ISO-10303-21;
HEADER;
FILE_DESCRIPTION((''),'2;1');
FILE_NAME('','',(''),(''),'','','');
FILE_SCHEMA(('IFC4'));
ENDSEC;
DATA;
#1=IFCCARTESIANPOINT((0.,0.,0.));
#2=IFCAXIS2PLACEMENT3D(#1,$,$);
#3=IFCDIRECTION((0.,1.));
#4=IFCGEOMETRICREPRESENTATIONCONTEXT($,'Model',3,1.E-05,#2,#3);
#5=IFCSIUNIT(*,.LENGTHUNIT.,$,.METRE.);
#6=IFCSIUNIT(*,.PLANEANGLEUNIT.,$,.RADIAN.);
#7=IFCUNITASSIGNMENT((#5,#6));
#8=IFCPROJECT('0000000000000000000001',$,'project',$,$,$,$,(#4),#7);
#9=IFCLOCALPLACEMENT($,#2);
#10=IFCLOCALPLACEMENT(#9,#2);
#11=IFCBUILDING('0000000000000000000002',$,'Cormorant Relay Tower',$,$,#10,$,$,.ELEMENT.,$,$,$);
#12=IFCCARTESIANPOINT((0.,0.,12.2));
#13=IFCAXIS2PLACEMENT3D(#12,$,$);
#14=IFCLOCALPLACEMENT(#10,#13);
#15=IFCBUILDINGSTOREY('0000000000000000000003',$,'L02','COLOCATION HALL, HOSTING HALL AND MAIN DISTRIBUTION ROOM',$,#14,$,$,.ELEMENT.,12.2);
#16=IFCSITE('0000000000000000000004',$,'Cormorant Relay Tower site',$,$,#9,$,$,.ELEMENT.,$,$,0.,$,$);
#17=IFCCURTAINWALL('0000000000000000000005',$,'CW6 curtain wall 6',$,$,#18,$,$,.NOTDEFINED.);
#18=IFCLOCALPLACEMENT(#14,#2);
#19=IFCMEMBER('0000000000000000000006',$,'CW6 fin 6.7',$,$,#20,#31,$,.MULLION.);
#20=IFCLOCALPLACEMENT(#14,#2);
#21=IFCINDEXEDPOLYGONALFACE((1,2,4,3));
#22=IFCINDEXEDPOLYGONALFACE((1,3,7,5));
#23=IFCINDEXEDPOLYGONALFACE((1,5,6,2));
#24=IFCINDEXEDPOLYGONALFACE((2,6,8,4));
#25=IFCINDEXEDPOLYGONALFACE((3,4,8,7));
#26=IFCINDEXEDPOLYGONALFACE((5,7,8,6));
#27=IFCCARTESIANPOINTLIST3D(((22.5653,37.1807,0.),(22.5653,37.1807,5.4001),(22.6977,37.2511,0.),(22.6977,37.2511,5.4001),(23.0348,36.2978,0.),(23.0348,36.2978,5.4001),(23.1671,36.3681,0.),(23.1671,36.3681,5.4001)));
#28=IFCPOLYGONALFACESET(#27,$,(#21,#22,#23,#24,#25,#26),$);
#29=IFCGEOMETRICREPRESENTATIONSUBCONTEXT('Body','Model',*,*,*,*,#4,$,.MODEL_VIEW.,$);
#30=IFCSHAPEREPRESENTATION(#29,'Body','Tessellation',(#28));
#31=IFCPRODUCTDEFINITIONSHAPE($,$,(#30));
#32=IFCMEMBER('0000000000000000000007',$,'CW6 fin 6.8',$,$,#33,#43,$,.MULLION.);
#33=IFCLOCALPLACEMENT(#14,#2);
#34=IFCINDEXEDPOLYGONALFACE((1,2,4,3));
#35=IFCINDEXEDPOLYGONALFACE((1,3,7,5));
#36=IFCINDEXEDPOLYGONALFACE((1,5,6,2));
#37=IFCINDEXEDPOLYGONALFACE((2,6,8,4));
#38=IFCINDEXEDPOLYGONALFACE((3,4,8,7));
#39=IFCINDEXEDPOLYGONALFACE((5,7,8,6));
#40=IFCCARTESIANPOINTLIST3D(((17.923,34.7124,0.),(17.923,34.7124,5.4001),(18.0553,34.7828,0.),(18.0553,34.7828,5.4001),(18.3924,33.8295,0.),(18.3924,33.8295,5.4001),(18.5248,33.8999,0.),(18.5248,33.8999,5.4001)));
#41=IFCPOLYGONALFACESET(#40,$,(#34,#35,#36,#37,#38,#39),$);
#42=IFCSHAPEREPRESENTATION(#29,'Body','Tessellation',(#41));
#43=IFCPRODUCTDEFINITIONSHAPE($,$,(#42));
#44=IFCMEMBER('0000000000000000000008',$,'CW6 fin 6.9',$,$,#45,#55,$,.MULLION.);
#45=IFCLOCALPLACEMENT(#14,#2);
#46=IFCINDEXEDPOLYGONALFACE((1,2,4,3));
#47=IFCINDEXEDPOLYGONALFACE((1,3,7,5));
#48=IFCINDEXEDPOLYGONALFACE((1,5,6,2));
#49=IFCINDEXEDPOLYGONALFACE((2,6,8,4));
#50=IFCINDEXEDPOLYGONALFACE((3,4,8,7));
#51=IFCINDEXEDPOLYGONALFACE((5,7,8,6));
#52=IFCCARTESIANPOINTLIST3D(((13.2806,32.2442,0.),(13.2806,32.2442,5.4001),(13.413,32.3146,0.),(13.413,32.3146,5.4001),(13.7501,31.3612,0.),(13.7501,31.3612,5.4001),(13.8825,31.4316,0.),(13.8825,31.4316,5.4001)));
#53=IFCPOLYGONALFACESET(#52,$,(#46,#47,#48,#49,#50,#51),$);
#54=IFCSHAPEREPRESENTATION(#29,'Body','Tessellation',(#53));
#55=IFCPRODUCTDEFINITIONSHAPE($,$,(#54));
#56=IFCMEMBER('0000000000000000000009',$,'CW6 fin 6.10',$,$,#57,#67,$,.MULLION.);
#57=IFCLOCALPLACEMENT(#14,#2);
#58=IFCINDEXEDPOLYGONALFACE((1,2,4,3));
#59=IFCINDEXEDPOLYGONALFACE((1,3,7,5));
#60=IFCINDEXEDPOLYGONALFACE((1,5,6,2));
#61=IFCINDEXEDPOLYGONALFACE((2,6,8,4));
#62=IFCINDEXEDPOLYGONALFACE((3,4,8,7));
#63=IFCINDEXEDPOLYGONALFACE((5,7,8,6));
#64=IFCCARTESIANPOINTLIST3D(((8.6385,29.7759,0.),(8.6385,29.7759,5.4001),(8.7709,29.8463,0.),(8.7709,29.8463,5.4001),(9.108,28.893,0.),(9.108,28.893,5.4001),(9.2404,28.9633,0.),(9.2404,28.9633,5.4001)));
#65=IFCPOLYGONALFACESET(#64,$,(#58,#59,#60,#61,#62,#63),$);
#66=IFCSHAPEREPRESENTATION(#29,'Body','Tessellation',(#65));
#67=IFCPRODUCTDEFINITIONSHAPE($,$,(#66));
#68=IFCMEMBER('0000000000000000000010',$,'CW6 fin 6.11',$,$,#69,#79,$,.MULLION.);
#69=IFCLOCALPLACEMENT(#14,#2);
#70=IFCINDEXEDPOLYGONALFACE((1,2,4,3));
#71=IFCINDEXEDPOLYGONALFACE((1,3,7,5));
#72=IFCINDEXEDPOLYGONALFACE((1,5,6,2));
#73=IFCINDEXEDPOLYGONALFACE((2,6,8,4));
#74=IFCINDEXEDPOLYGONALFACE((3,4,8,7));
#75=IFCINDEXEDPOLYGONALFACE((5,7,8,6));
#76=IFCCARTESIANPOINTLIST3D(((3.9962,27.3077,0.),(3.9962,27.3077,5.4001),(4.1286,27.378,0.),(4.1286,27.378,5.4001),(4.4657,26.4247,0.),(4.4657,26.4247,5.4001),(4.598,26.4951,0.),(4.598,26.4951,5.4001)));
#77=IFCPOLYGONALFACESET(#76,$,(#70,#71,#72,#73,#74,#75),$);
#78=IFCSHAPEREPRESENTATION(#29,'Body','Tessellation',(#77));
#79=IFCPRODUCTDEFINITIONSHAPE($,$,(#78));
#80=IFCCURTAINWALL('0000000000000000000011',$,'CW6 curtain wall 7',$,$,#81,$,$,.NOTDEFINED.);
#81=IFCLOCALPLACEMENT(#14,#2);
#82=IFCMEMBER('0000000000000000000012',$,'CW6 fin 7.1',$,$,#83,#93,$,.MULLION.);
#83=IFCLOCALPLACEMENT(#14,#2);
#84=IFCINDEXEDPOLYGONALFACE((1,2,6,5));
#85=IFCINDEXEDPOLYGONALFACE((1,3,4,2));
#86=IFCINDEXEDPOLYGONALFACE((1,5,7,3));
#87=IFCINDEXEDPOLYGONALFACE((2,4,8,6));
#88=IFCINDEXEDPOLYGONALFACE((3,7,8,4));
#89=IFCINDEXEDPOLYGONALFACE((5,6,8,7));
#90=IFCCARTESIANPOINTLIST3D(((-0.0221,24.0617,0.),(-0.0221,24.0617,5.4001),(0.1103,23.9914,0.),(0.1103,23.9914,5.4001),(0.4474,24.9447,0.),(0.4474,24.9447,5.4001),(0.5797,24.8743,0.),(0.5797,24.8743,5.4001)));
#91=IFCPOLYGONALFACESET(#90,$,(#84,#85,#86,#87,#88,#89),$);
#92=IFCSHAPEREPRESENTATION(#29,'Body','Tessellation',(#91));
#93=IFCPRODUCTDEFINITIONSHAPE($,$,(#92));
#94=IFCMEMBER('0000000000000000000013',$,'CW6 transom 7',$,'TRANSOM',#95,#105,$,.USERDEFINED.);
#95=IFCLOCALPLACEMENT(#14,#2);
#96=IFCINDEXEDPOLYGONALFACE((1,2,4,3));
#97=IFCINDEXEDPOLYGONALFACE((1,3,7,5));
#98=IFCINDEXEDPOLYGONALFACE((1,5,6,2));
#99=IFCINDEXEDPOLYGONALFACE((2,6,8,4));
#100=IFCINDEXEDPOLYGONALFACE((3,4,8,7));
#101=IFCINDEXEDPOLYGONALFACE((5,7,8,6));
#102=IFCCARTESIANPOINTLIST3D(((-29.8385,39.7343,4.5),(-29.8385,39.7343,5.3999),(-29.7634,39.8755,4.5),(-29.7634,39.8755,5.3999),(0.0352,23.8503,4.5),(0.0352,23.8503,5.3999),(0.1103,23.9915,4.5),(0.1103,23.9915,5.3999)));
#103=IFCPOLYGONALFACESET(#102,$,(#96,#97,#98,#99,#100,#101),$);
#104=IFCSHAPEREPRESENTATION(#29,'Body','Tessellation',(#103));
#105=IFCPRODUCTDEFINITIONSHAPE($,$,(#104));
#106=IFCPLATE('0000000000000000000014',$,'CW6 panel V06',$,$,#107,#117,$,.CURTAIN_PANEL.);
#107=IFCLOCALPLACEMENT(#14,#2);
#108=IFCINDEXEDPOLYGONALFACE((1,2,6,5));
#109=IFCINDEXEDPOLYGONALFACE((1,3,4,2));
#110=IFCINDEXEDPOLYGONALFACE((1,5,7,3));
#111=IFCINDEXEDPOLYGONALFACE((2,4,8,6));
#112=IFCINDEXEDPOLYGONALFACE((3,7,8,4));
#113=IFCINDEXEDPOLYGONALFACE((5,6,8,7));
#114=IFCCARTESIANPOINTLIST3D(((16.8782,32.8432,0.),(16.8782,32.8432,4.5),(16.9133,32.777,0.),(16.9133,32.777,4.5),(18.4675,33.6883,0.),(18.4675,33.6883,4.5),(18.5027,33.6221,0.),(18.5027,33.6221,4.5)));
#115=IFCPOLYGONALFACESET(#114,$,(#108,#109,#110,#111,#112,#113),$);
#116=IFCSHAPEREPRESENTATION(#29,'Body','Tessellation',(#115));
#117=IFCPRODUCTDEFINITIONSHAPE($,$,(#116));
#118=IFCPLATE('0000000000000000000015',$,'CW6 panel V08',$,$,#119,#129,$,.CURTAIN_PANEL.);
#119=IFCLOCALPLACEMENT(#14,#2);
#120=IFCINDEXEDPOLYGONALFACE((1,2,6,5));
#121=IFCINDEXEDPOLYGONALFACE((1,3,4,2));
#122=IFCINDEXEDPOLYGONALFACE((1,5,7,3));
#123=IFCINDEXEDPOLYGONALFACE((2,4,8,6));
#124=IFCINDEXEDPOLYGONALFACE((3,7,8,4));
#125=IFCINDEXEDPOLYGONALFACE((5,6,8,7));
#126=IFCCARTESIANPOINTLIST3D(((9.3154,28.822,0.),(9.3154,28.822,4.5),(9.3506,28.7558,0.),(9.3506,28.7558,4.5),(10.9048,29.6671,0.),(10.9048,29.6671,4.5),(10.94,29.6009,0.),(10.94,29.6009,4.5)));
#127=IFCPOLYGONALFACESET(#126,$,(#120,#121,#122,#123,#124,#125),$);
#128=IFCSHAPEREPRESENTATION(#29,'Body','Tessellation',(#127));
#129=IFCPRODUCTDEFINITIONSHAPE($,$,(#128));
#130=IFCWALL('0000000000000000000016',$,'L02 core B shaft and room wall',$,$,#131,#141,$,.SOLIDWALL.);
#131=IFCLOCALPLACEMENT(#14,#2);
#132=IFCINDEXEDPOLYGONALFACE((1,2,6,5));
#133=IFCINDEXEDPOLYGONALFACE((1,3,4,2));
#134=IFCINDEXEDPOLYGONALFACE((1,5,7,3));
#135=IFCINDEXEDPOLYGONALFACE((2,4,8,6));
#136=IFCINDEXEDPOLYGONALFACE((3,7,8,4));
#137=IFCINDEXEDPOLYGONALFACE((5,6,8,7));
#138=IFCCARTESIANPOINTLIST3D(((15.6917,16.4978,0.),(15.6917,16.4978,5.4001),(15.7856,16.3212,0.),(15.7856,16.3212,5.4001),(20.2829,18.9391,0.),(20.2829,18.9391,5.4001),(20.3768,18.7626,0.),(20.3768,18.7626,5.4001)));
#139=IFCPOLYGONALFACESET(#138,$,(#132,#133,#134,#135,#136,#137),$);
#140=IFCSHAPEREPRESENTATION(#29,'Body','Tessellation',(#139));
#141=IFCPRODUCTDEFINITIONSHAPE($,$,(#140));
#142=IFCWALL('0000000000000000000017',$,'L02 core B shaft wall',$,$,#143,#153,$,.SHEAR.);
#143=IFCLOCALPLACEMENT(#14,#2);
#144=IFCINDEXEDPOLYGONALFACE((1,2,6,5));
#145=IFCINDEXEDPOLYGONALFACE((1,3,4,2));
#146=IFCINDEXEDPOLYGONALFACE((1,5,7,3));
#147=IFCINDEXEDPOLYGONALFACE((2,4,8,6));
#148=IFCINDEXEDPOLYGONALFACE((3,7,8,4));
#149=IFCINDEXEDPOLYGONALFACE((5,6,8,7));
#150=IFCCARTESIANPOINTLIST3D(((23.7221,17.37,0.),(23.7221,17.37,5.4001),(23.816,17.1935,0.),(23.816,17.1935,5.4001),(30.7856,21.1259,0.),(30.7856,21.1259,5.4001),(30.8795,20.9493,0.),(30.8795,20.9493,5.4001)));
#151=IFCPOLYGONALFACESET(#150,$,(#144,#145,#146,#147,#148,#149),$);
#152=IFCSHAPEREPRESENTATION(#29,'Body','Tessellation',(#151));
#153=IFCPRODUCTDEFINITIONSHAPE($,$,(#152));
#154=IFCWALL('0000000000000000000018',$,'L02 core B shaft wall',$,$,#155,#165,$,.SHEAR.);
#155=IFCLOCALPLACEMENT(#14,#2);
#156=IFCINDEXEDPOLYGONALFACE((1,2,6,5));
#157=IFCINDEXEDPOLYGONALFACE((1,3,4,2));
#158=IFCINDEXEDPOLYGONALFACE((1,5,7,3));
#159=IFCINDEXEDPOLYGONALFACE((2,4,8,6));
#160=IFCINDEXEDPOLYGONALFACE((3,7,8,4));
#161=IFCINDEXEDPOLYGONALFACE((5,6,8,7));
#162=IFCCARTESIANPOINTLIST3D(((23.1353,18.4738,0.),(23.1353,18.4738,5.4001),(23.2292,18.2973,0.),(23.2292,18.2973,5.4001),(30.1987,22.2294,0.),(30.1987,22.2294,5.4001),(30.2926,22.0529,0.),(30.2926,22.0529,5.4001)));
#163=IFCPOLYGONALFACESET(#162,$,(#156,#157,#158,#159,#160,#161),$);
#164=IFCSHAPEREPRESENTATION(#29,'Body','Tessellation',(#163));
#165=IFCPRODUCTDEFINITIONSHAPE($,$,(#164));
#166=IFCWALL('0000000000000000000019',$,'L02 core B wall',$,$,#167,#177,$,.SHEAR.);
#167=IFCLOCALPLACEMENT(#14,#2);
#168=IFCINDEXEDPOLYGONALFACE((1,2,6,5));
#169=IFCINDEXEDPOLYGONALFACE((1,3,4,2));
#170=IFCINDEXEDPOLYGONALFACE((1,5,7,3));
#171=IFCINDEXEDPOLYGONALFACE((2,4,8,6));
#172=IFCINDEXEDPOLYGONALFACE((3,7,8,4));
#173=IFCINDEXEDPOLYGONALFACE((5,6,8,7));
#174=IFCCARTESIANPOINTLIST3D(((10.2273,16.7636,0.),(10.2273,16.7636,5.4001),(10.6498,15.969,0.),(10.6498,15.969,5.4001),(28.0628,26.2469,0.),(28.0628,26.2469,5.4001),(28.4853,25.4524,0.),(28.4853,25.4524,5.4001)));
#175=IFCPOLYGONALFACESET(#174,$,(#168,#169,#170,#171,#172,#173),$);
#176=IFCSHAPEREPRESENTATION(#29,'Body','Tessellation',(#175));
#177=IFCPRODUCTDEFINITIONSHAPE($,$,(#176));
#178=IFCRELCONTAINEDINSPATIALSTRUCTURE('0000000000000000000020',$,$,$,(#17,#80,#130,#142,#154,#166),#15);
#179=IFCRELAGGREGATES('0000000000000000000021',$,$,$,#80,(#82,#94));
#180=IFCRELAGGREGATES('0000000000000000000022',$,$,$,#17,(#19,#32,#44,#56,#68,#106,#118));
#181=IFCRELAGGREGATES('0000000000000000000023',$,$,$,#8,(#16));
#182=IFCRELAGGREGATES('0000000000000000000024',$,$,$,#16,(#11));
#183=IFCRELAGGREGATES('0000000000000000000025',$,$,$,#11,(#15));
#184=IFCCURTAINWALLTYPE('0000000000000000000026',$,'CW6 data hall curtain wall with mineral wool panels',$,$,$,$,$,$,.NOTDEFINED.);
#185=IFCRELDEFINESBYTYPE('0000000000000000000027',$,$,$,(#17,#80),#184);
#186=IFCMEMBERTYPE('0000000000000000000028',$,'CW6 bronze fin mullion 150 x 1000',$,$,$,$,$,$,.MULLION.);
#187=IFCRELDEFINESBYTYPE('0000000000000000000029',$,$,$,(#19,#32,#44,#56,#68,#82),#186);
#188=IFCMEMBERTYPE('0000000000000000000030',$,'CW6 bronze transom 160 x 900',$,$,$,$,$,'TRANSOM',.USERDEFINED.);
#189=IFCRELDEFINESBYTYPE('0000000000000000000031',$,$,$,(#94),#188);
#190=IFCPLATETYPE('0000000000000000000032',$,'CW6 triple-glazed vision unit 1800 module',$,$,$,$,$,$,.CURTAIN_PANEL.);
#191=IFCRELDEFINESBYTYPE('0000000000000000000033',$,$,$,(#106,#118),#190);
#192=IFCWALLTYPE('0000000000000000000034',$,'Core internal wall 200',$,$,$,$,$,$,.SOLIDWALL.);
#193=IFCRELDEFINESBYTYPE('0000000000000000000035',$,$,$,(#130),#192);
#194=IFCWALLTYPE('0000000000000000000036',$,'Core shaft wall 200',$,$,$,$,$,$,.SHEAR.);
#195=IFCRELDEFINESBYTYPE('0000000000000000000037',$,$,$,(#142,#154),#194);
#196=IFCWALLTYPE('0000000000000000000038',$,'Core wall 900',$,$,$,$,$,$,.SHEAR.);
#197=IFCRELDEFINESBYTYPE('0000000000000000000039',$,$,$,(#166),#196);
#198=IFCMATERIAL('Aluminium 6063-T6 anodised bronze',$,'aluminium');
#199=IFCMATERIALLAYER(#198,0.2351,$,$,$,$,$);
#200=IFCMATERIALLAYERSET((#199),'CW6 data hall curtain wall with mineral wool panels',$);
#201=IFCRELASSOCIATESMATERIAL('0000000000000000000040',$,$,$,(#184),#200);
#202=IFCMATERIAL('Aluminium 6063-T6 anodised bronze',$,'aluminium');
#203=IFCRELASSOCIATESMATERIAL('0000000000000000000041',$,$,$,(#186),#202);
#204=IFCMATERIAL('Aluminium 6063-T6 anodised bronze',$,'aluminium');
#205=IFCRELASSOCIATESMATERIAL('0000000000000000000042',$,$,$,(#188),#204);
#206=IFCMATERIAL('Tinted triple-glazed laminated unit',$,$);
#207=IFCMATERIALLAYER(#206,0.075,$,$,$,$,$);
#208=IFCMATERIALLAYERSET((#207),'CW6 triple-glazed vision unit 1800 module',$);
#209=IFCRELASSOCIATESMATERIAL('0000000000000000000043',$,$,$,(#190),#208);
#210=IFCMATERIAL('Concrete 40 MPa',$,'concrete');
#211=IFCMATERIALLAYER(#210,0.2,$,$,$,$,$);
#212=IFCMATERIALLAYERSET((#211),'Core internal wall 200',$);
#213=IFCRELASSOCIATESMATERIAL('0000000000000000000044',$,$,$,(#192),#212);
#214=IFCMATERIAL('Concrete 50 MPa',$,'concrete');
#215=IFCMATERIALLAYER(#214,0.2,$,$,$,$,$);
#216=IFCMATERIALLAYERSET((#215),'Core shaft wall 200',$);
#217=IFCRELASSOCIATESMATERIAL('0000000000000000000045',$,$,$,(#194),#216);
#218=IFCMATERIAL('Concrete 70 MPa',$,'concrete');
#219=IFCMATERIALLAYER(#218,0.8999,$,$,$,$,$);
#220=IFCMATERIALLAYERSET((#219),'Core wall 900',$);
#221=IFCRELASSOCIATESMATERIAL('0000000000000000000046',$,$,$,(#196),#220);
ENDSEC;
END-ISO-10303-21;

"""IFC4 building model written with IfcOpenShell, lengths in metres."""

from ifc_helpers import new_model, si_unit, direction, frame, frame_2d, origin, origin_2d, place, context, subcontext, project, spatial, rectangle, extrude, material, layer, layer_set, material_profile, profile_set, type_object, element, aggregate, save


model = new_model("IFC4")

# Units and contexts
model_context = context("Model", 3, precision=1e-05, world=origin(), true_north=direction((0.0, 1.0)))
body_context = subcontext(model_context, "Body", "Model", "MODEL_VIEW")
ifc_project = project(units=[si_unit("LENGTHUNIT", "METRE"), si_unit("PLANEANGLEUNIT", "RADIAN")], contexts=[model_context])

# Site, building, storey
site_placement = place(None, origin())
site = spatial("IfcSite", under=ifc_project, at=site_placement, Name="Cormorant Relay Tower site", CompositionType="ELEMENT", RefElevation=0.0)
building_placement = place(site_placement, origin())
building = spatial("IfcBuilding", under=site, at=building_placement, Name="Cormorant Relay Tower", CompositionType="ELEMENT")
storey_placement = place(building_placement, frame((0.0, 0.0, 12.2)))
storey = spatial("IfcBuildingStorey", under=building, at=storey_placement, Name="L02", Description="COLOCATION HALL, HOSTING HALL AND MAIN DISTRIBUTION ROOM", CompositionType="ELEMENT", Elevation=12.2)

# Curtain walls, members
ifc_material_1 = material(Name="Aluminium 6063-T6 anodised bronze", Category="aluminium")
ifc_layer_1 = layer(ifc_material_1, 0.2351)
ifc_layer_set_1 = layer_set([ifc_layer_1], Name="CW6 data hall curtain wall with mineral wool panels")
curtain_wall_type = type_object("IfcCurtainWallType", Name="CW6 data hall curtain wall with mineral wool panels", PredefinedType="NOTDEFINED", material=ifc_layer_set_1)
curtain_wall_1_placement = place(storey_placement, origin())
curtain_wall_1 = element("IfcCurtainWall", 1, at=curtain_wall_1_placement, inside=storey, type_object=curtain_wall_type, Name="CW6 curtain wall 6", PredefinedType="NOTDEFINED")
ifc_material_2 = material(Name="Aluminium 6063-T6 anodised bronze", Category="aluminium")
ifc_material_profile_1 = material_profile(ifc_material_2, rectangle(XDim=0.1499, YDim=1.0, at=origin_2d()), Name="AL 150x1000")
ifc_profile_set_1 = profile_set([ifc_material_profile_1], Name="Aluminium 6063-T6 anodised bronze")
member_type_1 = type_object("IfcMemberType", Name="CW6 bronze fin mullion 150 x 1000", PredefinedType="MULLION", material=ifc_profile_set_1)
member_1_placement = place(storey_placement, frame((22.8662, 36.7744, 0.0), z_axis=(0.0, 0.0, 1.0), x_axis=(-0.882948, -0.469472, 0.0)))
member_1 = element("IfcMember", 2, at=member_1_placement, type_object=member_type_1, Name="CW6 fin 6.7", PredefinedType="MULLION", context=body_context, shape_type="SweptSolid", body=[
    extrude(rectangle(XDim=0.1499, YDim=1.0, at=origin_2d()), origin(), (0.0, 0.0, 1.0), 5.4001),
])
member_2_placement = place(storey_placement, frame((18.2239, 34.3062, 0.0), z_axis=(0.0, 0.0, 1.0), x_axis=(-0.882948, -0.469472, 0.0)))
member_2 = element("IfcMember", 3, at=member_2_placement, type_object=member_type_1, Name="CW6 fin 6.8", PredefinedType="MULLION", context=body_context, shape_type="SweptSolid", body=[
    extrude(rectangle(XDim=0.1499, YDim=1.0, at=origin_2d()), origin(), (0.0, 0.0, 1.0), 5.4001),
])
member_3_placement = place(storey_placement, frame((13.5815, 31.8379, 0.0), z_axis=(0.0, 0.0, 1.0), x_axis=(-0.882948, -0.469472, 0.0)))
member_3 = element("IfcMember", 4, at=member_3_placement, type_object=member_type_1, Name="CW6 fin 6.9", PredefinedType="MULLION", context=body_context, shape_type="SweptSolid", body=[
    extrude(rectangle(XDim=0.1499, YDim=1.0, at=origin_2d()), origin(), (0.0, 0.0, 1.0), 5.4001),
])
member_4_placement = place(storey_placement, frame((8.9395, 29.3696, 0.0), z_axis=(0.0, 0.0, 1.0), x_axis=(-0.882948, -0.469472, 0.0)))
member_4 = element("IfcMember", 5, at=member_4_placement, type_object=member_type_1, Name="CW6 fin 6.10", PredefinedType="MULLION", context=body_context, shape_type="SweptSolid", body=[
    extrude(rectangle(XDim=0.1499, YDim=1.0, at=origin_2d()), origin(), (0.0, 0.0, 1.0), 5.4001),
])
member_5_placement = place(storey_placement, frame((4.2971, 26.9014, 0.0), z_axis=(0.0, 0.0, 1.0), x_axis=(-0.882948, -0.469472, 0.0)))
member_5 = element("IfcMember", 6, at=member_5_placement, type_object=member_type_1, Name="CW6 fin 6.11", PredefinedType="MULLION", context=body_context, shape_type="SweptSolid", body=[
    extrude(rectangle(XDim=0.1499, YDim=1.0, at=origin_2d()), origin(), (0.0, 0.0, 1.0), 5.4001),
])
curtain_wall_2_placement = place(storey_placement, origin())
curtain_wall_2 = element("IfcCurtainWall", 7, at=curtain_wall_2_placement, inside=storey, type_object=curtain_wall_type, Name="CW6 curtain wall 7", PredefinedType="NOTDEFINED")
member_6_placement = place(storey_placement, frame((0.2788, 24.468, 0.0), z_axis=(0.0, 0.0, 1.0), x_axis=(-0.882948, 0.469472, 0.0)))
member_6 = element("IfcMember", 8, at=member_6_placement, type_object=member_type_1, Name="CW6 fin 7.1", PredefinedType="MULLION", context=body_context, shape_type="SweptSolid", body=[
    extrude(rectangle(XDim=0.1499, YDim=1.0, at=origin_2d()), origin(), (0.0, 0.0, 1.0), 5.4001),
])
ifc_material_3 = material(Name="Aluminium 6063-T6 anodised bronze", Category="aluminium")
ifc_material_profile_2 = material_profile(ifc_material_3, rectangle(XDim=0.1599, YDim=0.8999, at=origin_2d()), Name="AL 160x900")
ifc_profile_set_2 = profile_set([ifc_material_profile_2], Name="Aluminium 6063-T6 anodised bronze")
member_type_2 = type_object("IfcMemberType", Name="CW6 bronze transom 160 x 900", ElementType="TRANSOM", PredefinedType="USERDEFINED", material=ifc_profile_set_2)
member_7_placement = place(storey_placement, frame((0.0728, 23.9209, 4.95), z_axis=(-0.882949, 0.469468, 0.0), x_axis=(-0.469468, -0.882949, 0.0)))
member_7 = element("IfcMember", 9, at=member_7_placement, type_object=member_type_2, Name="CW6 transom 7", ObjectType="TRANSOM", PredefinedType="USERDEFINED", context=body_context, shape_type="SweptSolid", body=[
    extrude(rectangle(XDim=0.1599, YDim=0.8999, at=origin_2d()), origin(), (0.0, 0.0, 1.0), 33.834),
])
aggregate(curtain_wall_2, [member_6, member_7])

# Plates
ifc_material_4 = material(Name="Tinted triple-glazed laminated unit")
ifc_layer_2 = layer(ifc_material_4, 0.075)
ifc_layer_set_2 = layer_set([ifc_layer_2], Name="CW6 triple-glazed vision unit 1800 module")
plate_type = type_object("IfcPlateType", Name="CW6 triple-glazed vision unit 1800 module", PredefinedType="CURTAIN_PANEL", material=ifc_layer_set_2)
plate_1_placement = place(storey_placement, frame((17.6904, 33.2327, 0.0), z_axis=(0.0, 0.0, 1.0), x_axis=(-0.882948, -0.469472, 0.0)))
plate_1 = element("IfcPlate", 10, at=plate_1_placement, type_object=plate_type, Name="CW6 panel V06", PredefinedType="CURTAIN_PANEL", context=body_context, shape_type="SweptSolid", body=[
    extrude(rectangle(XDim=1.8, YDim=0.075, at=origin_2d()), origin(), (0.0, 0.0, 1.0), 4.5),
])
plate_2_placement = place(storey_placement, frame((10.1277, 29.2114, 0.0), z_axis=(0.0, 0.0, 1.0), x_axis=(-0.882948, -0.469472, 0.0)))
plate_2 = element("IfcPlate", 11, at=plate_2_placement, type_object=plate_type, Name="CW6 panel V08", PredefinedType="CURTAIN_PANEL", context=body_context, shape_type="SweptSolid", body=[
    extrude(rectangle(XDim=1.8, YDim=0.075, at=origin_2d()), origin(), (0.0, 0.0, 1.0), 4.5),
])

# Walls
ifc_material_5 = material(Name="Concrete 40 MPa", Category="concrete")
ifc_layer_3 = layer(ifc_material_5, 0.2)
ifc_layer_set_3 = layer_set([ifc_layer_3], Name="Core internal wall 200")
wall_type_1 = type_object("IfcWallType", Name="Core internal wall 200", PredefinedType="SOLIDWALL", material=ifc_layer_set_3)
wall_1_placement = place(storey_placement, frame((15.7385, 16.4094, 0.0), z_axis=(0.0, 0.0, 1.0), x_axis=(0.882935, 0.469496, 0.0)))
element("IfcWall", 12, at=wall_1_placement, inside=storey, type_object=wall_type_1, Name="L02 core B shaft and room wall", PredefinedType="SOLIDWALL", context=body_context, shape_type="SweptSolid", body=[
    extrude(rectangle(XDim=5.2, YDim=0.2, at=frame_2d((2.6001, 0.0))), origin(), (0.0, 0.0, 1.0), 5.4001),
])
ifc_material_6 = material(Name="Concrete 50 MPa", Category="concrete")
ifc_layer_4 = layer(ifc_material_6, 0.2)
ifc_layer_set_4 = layer_set([ifc_layer_4], Name="Core shaft wall 200")
wall_type_2 = type_object("IfcWallType", Name="Core shaft wall 200", PredefinedType="SHEAR", material=ifc_layer_set_4)
wall_2_placement = place(storey_placement, frame((23.769, 17.2817, 0.0), z_axis=(0.0, 0.0, 1.0), x_axis=(0.88294, 0.469485, 0.0)))
element("IfcWall", 13, at=wall_2_placement, inside=storey, type_object=wall_type_2, Name="L02 core B shaft wall", PredefinedType="SHEAR", context=body_context, shape_type="SweptSolid", body=[
    extrude(rectangle(XDim=8.0, YDim=0.2, at=frame_2d((4.0, 0.0))), origin(), (0.0, 0.0, 1.0), 5.4001),
])
wall_3_placement = place(storey_placement, frame((23.1821, 18.3855, 0.0), z_axis=(0.0, 0.0, 1.0), x_axis=(0.882953, 0.469462, 0.0)))
element("IfcWall", 14, at=wall_3_placement, inside=storey, type_object=wall_type_2, Name="L02 core B shaft wall", PredefinedType="SHEAR", context=body_context, shape_type="SweptSolid", body=[
    extrude(rectangle(XDim=7.9998, YDim=0.2, at=frame_2d((4.0, 0.0))), origin(), (0.0, 0.0, 1.0), 5.4001),
])
ifc_material_7 = material(Name="Concrete 70 MPa", Category="concrete")
ifc_layer_5 = layer(ifc_material_7, 0.8999)
ifc_layer_set_5 = layer_set([ifc_layer_5], Name="Core wall 900")
wall_type_3 = type_object("IfcWallType", Name="Core wall 900", PredefinedType="SHEAR", material=ifc_layer_set_5)
wall_4_placement = place(storey_placement, frame((10.4385, 16.3662, 0.0), z_axis=(0.0, 0.0, 1.0), x_axis=(0.882945, 0.469476, 0.0)))
element("IfcWall", 15, at=wall_4_placement, inside=storey, type_object=wall_type_3, Name="L02 core B wall", PredefinedType="SHEAR", context=body_context, shape_type="SweptSolid", body=[
    extrude(rectangle(XDim=20.2, YDim=0.8999, at=frame_2d((10.1001, 0.0))), origin(), (0.0, 0.0, 1.0), 5.4001),
])

aggregate(curtain_wall_1, [member_1, member_2, member_3, member_4, member_5, plate_1, plate_2])

save(model, "model.ifc")
